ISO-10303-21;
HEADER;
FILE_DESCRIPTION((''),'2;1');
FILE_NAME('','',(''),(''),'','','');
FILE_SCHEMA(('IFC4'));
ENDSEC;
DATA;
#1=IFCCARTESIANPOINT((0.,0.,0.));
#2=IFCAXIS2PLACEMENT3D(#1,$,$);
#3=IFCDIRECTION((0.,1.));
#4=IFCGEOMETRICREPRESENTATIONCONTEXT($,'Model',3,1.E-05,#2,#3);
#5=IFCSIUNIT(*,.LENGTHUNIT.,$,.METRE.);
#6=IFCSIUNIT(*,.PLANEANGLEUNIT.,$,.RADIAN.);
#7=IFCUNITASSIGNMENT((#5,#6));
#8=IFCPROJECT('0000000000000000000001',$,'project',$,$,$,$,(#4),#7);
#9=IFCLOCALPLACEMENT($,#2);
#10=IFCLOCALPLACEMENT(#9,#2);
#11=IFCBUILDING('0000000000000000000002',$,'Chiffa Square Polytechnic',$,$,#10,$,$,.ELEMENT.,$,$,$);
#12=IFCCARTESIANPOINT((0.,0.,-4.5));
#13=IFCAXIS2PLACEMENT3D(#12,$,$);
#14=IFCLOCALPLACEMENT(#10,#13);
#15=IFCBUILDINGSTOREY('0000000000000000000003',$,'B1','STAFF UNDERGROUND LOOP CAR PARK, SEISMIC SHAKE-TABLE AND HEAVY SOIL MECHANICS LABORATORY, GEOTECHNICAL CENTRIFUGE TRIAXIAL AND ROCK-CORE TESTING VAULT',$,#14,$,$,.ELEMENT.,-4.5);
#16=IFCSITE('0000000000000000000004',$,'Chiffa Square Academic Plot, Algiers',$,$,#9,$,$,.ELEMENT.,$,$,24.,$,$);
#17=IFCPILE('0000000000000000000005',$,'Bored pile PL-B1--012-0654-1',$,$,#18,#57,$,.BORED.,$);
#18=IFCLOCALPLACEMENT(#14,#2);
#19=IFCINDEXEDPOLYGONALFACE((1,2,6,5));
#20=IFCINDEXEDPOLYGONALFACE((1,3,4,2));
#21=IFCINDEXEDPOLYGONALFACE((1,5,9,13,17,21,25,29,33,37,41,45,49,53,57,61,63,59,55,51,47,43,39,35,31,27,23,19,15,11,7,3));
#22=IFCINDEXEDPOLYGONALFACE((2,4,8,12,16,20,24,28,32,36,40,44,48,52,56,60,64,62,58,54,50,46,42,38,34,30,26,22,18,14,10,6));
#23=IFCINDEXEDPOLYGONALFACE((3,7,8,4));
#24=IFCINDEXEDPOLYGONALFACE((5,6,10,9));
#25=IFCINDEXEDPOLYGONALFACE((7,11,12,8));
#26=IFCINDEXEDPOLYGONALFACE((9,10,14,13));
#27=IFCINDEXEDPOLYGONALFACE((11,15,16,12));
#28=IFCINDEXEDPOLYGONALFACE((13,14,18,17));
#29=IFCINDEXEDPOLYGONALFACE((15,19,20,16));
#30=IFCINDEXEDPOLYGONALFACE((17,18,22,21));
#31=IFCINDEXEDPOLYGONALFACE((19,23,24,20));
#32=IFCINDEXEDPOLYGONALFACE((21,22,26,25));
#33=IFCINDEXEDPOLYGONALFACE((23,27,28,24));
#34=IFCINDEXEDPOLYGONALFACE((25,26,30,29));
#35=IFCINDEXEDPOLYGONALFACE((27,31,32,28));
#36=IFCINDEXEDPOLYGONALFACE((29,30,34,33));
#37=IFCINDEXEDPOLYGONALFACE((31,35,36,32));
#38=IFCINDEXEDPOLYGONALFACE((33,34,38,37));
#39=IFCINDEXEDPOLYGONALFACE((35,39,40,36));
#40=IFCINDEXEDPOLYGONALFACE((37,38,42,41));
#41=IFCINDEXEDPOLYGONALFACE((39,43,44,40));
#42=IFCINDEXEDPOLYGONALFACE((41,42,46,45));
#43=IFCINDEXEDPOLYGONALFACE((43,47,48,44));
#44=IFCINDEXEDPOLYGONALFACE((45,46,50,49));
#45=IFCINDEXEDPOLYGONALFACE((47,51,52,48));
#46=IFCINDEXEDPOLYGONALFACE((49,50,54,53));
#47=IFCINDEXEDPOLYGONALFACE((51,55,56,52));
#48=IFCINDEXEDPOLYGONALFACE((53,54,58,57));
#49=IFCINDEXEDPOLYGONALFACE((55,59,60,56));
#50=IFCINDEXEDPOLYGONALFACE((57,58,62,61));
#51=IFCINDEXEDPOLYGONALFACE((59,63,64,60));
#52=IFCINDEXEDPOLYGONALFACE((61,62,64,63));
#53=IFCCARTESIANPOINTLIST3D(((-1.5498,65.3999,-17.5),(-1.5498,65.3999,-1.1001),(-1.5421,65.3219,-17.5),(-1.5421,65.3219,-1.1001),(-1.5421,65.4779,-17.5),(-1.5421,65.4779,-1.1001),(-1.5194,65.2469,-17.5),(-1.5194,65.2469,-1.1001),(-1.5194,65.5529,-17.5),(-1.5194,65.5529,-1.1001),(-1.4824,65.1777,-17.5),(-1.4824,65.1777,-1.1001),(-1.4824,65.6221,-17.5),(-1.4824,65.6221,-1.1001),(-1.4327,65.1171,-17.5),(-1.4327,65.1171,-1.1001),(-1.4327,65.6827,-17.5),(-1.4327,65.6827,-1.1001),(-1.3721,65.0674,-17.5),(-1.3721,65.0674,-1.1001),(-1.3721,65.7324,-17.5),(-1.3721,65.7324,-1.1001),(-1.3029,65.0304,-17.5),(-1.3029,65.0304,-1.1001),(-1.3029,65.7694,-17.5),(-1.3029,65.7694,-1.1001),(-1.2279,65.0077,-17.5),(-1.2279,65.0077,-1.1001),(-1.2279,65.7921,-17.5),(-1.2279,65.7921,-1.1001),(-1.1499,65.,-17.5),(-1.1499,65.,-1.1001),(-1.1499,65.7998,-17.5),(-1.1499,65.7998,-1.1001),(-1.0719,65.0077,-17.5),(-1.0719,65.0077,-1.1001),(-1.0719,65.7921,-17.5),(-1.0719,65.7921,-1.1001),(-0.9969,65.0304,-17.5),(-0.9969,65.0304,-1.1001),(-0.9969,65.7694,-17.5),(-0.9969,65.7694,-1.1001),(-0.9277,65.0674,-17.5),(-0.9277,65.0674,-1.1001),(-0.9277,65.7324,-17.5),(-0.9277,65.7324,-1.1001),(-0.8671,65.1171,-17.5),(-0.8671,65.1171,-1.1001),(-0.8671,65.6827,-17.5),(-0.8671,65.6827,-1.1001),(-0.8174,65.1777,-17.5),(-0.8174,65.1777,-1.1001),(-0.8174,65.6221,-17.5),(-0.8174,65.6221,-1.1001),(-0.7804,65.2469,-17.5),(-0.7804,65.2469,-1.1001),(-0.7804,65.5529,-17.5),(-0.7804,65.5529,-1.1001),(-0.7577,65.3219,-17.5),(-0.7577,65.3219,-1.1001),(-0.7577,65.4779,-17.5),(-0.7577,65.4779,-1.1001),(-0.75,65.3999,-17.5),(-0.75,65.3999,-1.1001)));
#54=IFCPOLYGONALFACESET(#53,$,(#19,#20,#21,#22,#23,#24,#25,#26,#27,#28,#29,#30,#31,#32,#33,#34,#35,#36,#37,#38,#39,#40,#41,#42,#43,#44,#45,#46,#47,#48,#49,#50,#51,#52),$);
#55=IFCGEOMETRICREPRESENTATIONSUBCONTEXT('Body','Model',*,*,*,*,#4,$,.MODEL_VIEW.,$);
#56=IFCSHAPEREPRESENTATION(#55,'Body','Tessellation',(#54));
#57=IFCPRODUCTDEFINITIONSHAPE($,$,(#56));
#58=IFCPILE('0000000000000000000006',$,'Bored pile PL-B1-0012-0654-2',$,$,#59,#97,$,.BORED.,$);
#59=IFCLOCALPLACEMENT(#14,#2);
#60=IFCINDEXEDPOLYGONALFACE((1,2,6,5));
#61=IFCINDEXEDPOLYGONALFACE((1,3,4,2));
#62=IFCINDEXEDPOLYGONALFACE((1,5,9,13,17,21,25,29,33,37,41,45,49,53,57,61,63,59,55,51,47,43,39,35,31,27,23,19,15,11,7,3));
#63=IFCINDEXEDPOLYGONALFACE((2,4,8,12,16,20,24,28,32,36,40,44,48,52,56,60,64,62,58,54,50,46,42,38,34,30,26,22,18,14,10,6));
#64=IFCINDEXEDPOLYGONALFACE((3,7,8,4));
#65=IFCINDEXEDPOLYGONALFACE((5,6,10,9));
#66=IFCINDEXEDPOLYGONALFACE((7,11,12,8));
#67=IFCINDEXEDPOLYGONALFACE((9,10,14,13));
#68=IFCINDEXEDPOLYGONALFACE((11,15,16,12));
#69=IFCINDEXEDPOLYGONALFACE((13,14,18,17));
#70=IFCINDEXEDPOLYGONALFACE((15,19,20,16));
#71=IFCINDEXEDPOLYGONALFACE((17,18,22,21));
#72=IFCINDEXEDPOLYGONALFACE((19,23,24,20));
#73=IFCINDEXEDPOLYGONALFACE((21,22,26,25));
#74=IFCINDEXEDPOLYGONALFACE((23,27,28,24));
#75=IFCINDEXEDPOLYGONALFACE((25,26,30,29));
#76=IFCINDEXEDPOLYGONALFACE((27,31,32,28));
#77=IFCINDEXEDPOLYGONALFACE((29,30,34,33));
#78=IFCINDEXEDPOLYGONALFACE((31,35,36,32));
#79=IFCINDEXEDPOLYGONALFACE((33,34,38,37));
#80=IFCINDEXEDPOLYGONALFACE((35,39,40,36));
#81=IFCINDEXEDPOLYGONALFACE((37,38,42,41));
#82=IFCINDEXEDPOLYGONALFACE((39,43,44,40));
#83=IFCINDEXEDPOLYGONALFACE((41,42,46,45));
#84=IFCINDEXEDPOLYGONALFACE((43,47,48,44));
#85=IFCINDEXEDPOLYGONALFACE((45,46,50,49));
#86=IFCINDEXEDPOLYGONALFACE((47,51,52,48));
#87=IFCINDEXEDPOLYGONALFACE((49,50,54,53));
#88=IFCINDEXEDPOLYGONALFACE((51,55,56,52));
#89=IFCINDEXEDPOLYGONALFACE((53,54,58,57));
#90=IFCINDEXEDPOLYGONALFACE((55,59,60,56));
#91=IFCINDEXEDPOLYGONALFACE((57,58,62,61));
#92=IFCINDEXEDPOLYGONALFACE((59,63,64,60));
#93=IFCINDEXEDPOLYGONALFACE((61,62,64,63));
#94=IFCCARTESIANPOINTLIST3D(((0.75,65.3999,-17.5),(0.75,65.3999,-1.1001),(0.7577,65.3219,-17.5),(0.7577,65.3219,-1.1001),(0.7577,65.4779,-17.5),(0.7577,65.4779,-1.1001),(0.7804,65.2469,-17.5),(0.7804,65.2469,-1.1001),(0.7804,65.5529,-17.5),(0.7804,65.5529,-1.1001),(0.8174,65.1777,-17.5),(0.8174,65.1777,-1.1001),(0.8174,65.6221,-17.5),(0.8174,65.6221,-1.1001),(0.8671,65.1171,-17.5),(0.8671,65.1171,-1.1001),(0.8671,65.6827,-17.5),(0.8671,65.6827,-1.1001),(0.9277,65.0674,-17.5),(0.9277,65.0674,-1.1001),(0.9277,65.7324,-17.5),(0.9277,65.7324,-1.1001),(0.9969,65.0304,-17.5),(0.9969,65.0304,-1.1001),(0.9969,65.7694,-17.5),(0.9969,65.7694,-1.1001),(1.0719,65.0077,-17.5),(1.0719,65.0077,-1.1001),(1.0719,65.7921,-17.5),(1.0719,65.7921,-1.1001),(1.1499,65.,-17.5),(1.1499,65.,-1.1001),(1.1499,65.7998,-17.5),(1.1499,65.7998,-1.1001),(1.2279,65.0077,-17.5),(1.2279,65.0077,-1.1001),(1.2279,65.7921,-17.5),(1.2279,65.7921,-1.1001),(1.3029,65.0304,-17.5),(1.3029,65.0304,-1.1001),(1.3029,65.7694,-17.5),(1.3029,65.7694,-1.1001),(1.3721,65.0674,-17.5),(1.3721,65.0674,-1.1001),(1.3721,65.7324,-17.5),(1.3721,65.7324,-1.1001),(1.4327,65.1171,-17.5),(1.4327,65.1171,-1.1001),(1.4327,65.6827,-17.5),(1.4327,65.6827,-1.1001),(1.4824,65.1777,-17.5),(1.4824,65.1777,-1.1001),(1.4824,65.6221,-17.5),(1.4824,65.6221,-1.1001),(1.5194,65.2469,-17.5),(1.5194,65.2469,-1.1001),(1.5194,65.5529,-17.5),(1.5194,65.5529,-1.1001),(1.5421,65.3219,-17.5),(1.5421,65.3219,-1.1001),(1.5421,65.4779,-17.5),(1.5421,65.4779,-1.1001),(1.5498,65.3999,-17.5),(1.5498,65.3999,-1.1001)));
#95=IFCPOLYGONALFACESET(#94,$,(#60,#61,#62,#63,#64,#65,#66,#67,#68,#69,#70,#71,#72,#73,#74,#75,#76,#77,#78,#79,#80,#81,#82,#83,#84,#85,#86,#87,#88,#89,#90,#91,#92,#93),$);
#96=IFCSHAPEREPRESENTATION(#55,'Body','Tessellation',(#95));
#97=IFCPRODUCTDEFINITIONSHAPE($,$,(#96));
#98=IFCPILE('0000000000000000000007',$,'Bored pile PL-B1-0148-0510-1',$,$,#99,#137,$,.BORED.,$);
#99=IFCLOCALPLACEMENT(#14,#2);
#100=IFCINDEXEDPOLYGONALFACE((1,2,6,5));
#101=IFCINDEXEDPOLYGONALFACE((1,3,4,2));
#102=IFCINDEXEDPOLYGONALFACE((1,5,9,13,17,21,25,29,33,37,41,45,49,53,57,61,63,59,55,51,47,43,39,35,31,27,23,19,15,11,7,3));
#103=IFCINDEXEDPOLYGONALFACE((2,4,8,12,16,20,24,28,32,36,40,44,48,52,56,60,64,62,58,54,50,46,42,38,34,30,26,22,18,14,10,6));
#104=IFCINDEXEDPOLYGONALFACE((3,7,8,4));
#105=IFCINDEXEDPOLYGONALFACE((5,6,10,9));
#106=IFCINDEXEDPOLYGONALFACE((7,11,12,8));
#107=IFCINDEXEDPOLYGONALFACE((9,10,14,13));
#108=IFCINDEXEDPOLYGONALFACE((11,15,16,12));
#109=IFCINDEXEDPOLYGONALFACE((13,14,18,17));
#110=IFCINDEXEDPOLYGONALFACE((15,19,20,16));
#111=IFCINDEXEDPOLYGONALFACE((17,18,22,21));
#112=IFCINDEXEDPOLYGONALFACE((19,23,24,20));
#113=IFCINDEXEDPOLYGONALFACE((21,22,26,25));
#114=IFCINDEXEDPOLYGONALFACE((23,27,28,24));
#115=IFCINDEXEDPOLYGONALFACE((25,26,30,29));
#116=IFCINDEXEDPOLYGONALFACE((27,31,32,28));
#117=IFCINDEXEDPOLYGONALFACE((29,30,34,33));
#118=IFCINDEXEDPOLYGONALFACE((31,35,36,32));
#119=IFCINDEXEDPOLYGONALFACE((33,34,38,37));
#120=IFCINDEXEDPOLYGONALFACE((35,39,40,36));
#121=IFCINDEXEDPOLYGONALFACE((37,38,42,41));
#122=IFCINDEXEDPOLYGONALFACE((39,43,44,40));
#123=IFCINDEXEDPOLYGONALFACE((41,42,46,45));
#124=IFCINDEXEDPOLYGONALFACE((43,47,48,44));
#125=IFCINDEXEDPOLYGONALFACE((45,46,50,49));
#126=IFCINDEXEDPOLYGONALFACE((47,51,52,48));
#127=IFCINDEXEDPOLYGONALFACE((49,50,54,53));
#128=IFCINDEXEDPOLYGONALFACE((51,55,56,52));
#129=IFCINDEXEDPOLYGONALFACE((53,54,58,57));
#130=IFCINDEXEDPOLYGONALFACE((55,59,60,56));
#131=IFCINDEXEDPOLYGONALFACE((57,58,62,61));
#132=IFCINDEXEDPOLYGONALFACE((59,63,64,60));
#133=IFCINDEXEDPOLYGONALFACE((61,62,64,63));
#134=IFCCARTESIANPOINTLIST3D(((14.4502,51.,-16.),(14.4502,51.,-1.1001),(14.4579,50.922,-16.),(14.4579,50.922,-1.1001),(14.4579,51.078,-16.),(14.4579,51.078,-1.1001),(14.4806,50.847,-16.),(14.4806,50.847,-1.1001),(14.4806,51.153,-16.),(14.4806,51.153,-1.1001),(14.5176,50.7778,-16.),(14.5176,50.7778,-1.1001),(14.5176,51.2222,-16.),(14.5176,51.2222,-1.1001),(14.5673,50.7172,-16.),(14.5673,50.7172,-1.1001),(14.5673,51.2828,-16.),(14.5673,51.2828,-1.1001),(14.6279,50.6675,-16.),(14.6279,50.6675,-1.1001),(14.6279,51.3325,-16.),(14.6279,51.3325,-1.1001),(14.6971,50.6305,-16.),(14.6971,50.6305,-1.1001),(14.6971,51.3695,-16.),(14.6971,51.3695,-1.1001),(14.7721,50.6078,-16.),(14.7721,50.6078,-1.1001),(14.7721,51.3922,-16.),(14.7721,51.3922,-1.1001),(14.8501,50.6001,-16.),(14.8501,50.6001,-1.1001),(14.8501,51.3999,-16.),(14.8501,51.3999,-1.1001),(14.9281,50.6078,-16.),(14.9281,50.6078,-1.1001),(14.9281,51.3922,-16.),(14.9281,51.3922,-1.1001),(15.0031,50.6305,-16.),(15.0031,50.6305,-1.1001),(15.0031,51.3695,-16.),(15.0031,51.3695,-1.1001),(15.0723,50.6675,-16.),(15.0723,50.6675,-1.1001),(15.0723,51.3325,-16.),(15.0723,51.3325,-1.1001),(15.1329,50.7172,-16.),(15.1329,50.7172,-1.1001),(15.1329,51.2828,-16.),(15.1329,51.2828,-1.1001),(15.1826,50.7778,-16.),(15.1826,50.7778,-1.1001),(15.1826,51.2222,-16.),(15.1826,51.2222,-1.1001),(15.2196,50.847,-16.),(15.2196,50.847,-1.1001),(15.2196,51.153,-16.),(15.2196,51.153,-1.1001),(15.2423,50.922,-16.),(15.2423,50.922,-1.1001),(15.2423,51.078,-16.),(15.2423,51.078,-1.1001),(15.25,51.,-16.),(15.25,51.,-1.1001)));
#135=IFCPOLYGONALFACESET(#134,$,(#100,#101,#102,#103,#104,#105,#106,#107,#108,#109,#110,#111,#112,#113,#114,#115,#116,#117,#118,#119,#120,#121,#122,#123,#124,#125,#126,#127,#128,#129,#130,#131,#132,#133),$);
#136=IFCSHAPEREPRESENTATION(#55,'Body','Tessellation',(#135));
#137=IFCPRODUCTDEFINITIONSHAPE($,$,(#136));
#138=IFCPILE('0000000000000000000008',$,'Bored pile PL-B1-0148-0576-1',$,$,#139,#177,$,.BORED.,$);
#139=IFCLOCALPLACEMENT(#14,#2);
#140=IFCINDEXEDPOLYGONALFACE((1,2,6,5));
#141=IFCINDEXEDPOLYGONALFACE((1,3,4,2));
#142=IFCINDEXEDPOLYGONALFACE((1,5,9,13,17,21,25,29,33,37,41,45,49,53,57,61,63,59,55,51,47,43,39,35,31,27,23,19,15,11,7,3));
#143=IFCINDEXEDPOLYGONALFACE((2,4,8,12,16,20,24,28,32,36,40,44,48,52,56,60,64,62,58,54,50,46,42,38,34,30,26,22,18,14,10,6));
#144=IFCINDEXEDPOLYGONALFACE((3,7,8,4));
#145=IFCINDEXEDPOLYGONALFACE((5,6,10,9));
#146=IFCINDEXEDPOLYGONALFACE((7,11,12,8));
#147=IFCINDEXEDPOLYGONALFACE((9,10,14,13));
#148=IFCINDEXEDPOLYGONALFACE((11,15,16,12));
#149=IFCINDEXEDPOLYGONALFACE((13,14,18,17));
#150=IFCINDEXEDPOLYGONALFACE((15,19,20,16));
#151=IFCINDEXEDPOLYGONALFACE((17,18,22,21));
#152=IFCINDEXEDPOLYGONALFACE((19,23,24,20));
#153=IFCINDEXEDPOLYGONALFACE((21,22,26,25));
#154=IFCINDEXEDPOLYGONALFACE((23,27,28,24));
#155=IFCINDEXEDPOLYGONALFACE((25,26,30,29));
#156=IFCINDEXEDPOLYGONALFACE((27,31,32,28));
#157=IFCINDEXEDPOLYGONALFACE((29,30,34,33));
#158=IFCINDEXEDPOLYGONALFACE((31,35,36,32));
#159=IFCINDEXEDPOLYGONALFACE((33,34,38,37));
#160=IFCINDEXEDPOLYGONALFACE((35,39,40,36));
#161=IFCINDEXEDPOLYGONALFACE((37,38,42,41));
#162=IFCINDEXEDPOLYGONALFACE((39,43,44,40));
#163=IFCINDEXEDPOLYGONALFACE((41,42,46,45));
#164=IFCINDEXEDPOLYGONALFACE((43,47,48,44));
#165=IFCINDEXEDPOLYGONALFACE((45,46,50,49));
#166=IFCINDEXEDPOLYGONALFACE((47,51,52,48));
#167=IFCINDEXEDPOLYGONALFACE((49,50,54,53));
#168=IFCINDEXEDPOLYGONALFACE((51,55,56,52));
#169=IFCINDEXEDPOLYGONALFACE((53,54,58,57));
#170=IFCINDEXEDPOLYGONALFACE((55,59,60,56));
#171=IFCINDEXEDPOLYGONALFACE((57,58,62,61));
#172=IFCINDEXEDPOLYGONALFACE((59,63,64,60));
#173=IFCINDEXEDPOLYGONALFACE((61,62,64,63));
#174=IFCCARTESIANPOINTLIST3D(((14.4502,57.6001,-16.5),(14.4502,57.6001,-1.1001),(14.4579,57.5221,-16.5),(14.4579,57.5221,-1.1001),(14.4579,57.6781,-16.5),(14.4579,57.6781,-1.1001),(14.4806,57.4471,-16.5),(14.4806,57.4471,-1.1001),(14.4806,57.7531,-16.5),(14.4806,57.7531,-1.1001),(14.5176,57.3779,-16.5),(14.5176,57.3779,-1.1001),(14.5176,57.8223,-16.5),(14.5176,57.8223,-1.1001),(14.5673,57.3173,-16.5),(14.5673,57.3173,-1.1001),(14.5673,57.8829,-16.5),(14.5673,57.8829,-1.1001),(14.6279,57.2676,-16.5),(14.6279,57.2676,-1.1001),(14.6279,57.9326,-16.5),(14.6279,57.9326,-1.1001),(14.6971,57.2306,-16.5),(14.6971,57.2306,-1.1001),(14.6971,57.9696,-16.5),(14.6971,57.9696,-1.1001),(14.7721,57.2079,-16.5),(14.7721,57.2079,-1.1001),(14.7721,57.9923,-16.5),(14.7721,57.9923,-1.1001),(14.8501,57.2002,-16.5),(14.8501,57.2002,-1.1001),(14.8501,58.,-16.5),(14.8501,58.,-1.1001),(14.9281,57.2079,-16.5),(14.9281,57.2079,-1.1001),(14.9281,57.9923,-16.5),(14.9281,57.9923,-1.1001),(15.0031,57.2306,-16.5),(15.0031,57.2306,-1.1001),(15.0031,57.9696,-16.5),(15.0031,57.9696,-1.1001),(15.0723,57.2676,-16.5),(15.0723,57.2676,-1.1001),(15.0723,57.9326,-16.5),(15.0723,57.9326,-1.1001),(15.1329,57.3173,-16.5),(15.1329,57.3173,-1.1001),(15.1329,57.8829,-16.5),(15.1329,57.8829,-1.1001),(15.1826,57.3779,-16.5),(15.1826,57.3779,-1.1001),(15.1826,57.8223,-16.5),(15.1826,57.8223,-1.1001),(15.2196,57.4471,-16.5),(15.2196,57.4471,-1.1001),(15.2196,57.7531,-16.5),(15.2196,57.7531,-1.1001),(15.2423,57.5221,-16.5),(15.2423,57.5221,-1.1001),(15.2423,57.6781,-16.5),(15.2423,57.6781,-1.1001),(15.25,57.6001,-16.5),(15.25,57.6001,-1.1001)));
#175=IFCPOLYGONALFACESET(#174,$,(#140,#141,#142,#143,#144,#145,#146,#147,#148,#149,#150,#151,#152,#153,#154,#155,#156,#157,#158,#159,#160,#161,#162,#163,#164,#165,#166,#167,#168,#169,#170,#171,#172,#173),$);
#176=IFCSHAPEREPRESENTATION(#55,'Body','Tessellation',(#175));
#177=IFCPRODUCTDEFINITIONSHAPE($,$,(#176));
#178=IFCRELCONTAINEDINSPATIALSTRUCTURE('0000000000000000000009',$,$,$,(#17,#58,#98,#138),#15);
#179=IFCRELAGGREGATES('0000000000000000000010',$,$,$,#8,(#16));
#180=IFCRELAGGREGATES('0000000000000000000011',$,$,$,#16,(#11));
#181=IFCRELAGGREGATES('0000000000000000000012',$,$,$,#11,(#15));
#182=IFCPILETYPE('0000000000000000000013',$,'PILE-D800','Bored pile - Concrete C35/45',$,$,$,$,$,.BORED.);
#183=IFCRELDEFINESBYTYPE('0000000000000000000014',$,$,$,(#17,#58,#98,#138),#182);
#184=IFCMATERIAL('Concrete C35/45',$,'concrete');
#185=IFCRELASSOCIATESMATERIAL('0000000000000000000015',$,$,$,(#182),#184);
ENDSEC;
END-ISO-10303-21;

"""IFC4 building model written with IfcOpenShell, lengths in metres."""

from ifc_helpers import new_model, si_unit, direction, frame, origin, origin_2d, place, context, subcontext, project, spatial, circle, extrude, material, material_profile, profile_set, type_object, element, save


model = new_model("IFC4")

# Units and contexts
model_context = context("Model", 3, precision=1e-05, world=origin(), true_north=direction((0.0, 1.0)))
body_context = subcontext(model_context, "Body", "Model", "MODEL_VIEW")
ifc_project = project(units=[si_unit("LENGTHUNIT", "METRE"), si_unit("PLANEANGLEUNIT", "RADIAN")], contexts=[model_context])

# Site, building, storey
site_placement = place(None, origin())
site = spatial("IfcSite", under=ifc_project, at=site_placement, Name="Chiffa Square Academic Plot, Algiers", CompositionType="ELEMENT", RefElevation=24.0)
building_placement = place(site_placement, origin())
building = spatial("IfcBuilding", under=site, at=building_placement, Name="Chiffa Square Polytechnic", CompositionType="ELEMENT")
storey_placement = place(building_placement, frame((0.0, 0.0, -4.5)))
storey = spatial("IfcBuildingStorey", under=building, at=storey_placement, Name="B1", Description="STAFF UNDERGROUND LOOP CAR PARK, SEISMIC SHAKE-TABLE AND HEAVY SOIL MECHANICS LABORATORY, GEOTECHNICAL CENTRIFUGE TRIAXIAL AND ROCK-CORE TESTING VAULT", CompositionType="ELEMENT", Elevation=-4.5)

# Shared definitions
ifc_material = material(Name="Concrete C35/45", Category="concrete")

# Piles
ifc_material_profile_1 = material_profile(ifc_material, circle(Radius=0.3999, at=origin_2d()), Name="PILE D800")
ifc_profile_set_1 = profile_set([ifc_material_profile_1], Name="Concrete C35/45")
pile_type_1 = type_object("IfcPileType", Name="PILE-D800", Description="Bored pile - Concrete C35/45", PredefinedType="BORED", material=ifc_profile_set_1)
for number, where, z_axis, x_axis, name in (
    (1, (-1.1499, 65.3999, -1.1001), (0.0, 0.0, -1.0), (1.0, 0.0, 0.0), "Bored pile PL-B1--012-0654-1"),
    (2, (1.1499, 65.3999, -1.1001), (0.0, 0.0, -1.0), (1.0, 0.0, 0.0), "Bored pile PL-B1-0012-0654-2"),
):
    element("IfcPile", number, at=place(storey_placement, frame(where, z_axis=z_axis, x_axis=x_axis)), inside=storey, type_object=pile_type_1, Name=name, PredefinedType="BORED", context=body_context, shape_type="SweptSolid", body=[
        extrude(circle(Radius=0.3999, at=origin_2d()), origin(), (0.0, 0.0, 1.0), 16.3999),
    ])
pile_1_placement = place(storey_placement, frame((14.8501, 51.0, -1.1001), z_axis=(0.0, 0.0, -1.0), x_axis=(1.0, 0.0, 0.0)))
element("IfcPile", 3, at=pile_1_placement, inside=storey, type_object=pile_type_1, Name="Bored pile PL-B1-0148-0510-1", PredefinedType="BORED", context=body_context, shape_type="SweptSolid", body=[
    extrude(circle(Radius=0.3999, at=origin_2d()), origin(), (0.0, 0.0, 1.0), 14.8999),
])
pile_2_placement = place(storey_placement, frame((14.8501, 57.6001, -1.1001), z_axis=(0.0, 0.0, -1.0), x_axis=(1.0, 0.0, 0.0)))
element("IfcPile", 4, at=pile_2_placement, inside=storey, type_object=pile_type_1, Name="Bored pile PL-B1-0148-0576-1", PredefinedType="BORED", context=body_context, shape_type="SweptSolid", body=[
    extrude(circle(Radius=0.3999, at=origin_2d()), origin(), (0.0, 0.0, 1.0), 15.3999),
])

save(model, "model.ifc")
